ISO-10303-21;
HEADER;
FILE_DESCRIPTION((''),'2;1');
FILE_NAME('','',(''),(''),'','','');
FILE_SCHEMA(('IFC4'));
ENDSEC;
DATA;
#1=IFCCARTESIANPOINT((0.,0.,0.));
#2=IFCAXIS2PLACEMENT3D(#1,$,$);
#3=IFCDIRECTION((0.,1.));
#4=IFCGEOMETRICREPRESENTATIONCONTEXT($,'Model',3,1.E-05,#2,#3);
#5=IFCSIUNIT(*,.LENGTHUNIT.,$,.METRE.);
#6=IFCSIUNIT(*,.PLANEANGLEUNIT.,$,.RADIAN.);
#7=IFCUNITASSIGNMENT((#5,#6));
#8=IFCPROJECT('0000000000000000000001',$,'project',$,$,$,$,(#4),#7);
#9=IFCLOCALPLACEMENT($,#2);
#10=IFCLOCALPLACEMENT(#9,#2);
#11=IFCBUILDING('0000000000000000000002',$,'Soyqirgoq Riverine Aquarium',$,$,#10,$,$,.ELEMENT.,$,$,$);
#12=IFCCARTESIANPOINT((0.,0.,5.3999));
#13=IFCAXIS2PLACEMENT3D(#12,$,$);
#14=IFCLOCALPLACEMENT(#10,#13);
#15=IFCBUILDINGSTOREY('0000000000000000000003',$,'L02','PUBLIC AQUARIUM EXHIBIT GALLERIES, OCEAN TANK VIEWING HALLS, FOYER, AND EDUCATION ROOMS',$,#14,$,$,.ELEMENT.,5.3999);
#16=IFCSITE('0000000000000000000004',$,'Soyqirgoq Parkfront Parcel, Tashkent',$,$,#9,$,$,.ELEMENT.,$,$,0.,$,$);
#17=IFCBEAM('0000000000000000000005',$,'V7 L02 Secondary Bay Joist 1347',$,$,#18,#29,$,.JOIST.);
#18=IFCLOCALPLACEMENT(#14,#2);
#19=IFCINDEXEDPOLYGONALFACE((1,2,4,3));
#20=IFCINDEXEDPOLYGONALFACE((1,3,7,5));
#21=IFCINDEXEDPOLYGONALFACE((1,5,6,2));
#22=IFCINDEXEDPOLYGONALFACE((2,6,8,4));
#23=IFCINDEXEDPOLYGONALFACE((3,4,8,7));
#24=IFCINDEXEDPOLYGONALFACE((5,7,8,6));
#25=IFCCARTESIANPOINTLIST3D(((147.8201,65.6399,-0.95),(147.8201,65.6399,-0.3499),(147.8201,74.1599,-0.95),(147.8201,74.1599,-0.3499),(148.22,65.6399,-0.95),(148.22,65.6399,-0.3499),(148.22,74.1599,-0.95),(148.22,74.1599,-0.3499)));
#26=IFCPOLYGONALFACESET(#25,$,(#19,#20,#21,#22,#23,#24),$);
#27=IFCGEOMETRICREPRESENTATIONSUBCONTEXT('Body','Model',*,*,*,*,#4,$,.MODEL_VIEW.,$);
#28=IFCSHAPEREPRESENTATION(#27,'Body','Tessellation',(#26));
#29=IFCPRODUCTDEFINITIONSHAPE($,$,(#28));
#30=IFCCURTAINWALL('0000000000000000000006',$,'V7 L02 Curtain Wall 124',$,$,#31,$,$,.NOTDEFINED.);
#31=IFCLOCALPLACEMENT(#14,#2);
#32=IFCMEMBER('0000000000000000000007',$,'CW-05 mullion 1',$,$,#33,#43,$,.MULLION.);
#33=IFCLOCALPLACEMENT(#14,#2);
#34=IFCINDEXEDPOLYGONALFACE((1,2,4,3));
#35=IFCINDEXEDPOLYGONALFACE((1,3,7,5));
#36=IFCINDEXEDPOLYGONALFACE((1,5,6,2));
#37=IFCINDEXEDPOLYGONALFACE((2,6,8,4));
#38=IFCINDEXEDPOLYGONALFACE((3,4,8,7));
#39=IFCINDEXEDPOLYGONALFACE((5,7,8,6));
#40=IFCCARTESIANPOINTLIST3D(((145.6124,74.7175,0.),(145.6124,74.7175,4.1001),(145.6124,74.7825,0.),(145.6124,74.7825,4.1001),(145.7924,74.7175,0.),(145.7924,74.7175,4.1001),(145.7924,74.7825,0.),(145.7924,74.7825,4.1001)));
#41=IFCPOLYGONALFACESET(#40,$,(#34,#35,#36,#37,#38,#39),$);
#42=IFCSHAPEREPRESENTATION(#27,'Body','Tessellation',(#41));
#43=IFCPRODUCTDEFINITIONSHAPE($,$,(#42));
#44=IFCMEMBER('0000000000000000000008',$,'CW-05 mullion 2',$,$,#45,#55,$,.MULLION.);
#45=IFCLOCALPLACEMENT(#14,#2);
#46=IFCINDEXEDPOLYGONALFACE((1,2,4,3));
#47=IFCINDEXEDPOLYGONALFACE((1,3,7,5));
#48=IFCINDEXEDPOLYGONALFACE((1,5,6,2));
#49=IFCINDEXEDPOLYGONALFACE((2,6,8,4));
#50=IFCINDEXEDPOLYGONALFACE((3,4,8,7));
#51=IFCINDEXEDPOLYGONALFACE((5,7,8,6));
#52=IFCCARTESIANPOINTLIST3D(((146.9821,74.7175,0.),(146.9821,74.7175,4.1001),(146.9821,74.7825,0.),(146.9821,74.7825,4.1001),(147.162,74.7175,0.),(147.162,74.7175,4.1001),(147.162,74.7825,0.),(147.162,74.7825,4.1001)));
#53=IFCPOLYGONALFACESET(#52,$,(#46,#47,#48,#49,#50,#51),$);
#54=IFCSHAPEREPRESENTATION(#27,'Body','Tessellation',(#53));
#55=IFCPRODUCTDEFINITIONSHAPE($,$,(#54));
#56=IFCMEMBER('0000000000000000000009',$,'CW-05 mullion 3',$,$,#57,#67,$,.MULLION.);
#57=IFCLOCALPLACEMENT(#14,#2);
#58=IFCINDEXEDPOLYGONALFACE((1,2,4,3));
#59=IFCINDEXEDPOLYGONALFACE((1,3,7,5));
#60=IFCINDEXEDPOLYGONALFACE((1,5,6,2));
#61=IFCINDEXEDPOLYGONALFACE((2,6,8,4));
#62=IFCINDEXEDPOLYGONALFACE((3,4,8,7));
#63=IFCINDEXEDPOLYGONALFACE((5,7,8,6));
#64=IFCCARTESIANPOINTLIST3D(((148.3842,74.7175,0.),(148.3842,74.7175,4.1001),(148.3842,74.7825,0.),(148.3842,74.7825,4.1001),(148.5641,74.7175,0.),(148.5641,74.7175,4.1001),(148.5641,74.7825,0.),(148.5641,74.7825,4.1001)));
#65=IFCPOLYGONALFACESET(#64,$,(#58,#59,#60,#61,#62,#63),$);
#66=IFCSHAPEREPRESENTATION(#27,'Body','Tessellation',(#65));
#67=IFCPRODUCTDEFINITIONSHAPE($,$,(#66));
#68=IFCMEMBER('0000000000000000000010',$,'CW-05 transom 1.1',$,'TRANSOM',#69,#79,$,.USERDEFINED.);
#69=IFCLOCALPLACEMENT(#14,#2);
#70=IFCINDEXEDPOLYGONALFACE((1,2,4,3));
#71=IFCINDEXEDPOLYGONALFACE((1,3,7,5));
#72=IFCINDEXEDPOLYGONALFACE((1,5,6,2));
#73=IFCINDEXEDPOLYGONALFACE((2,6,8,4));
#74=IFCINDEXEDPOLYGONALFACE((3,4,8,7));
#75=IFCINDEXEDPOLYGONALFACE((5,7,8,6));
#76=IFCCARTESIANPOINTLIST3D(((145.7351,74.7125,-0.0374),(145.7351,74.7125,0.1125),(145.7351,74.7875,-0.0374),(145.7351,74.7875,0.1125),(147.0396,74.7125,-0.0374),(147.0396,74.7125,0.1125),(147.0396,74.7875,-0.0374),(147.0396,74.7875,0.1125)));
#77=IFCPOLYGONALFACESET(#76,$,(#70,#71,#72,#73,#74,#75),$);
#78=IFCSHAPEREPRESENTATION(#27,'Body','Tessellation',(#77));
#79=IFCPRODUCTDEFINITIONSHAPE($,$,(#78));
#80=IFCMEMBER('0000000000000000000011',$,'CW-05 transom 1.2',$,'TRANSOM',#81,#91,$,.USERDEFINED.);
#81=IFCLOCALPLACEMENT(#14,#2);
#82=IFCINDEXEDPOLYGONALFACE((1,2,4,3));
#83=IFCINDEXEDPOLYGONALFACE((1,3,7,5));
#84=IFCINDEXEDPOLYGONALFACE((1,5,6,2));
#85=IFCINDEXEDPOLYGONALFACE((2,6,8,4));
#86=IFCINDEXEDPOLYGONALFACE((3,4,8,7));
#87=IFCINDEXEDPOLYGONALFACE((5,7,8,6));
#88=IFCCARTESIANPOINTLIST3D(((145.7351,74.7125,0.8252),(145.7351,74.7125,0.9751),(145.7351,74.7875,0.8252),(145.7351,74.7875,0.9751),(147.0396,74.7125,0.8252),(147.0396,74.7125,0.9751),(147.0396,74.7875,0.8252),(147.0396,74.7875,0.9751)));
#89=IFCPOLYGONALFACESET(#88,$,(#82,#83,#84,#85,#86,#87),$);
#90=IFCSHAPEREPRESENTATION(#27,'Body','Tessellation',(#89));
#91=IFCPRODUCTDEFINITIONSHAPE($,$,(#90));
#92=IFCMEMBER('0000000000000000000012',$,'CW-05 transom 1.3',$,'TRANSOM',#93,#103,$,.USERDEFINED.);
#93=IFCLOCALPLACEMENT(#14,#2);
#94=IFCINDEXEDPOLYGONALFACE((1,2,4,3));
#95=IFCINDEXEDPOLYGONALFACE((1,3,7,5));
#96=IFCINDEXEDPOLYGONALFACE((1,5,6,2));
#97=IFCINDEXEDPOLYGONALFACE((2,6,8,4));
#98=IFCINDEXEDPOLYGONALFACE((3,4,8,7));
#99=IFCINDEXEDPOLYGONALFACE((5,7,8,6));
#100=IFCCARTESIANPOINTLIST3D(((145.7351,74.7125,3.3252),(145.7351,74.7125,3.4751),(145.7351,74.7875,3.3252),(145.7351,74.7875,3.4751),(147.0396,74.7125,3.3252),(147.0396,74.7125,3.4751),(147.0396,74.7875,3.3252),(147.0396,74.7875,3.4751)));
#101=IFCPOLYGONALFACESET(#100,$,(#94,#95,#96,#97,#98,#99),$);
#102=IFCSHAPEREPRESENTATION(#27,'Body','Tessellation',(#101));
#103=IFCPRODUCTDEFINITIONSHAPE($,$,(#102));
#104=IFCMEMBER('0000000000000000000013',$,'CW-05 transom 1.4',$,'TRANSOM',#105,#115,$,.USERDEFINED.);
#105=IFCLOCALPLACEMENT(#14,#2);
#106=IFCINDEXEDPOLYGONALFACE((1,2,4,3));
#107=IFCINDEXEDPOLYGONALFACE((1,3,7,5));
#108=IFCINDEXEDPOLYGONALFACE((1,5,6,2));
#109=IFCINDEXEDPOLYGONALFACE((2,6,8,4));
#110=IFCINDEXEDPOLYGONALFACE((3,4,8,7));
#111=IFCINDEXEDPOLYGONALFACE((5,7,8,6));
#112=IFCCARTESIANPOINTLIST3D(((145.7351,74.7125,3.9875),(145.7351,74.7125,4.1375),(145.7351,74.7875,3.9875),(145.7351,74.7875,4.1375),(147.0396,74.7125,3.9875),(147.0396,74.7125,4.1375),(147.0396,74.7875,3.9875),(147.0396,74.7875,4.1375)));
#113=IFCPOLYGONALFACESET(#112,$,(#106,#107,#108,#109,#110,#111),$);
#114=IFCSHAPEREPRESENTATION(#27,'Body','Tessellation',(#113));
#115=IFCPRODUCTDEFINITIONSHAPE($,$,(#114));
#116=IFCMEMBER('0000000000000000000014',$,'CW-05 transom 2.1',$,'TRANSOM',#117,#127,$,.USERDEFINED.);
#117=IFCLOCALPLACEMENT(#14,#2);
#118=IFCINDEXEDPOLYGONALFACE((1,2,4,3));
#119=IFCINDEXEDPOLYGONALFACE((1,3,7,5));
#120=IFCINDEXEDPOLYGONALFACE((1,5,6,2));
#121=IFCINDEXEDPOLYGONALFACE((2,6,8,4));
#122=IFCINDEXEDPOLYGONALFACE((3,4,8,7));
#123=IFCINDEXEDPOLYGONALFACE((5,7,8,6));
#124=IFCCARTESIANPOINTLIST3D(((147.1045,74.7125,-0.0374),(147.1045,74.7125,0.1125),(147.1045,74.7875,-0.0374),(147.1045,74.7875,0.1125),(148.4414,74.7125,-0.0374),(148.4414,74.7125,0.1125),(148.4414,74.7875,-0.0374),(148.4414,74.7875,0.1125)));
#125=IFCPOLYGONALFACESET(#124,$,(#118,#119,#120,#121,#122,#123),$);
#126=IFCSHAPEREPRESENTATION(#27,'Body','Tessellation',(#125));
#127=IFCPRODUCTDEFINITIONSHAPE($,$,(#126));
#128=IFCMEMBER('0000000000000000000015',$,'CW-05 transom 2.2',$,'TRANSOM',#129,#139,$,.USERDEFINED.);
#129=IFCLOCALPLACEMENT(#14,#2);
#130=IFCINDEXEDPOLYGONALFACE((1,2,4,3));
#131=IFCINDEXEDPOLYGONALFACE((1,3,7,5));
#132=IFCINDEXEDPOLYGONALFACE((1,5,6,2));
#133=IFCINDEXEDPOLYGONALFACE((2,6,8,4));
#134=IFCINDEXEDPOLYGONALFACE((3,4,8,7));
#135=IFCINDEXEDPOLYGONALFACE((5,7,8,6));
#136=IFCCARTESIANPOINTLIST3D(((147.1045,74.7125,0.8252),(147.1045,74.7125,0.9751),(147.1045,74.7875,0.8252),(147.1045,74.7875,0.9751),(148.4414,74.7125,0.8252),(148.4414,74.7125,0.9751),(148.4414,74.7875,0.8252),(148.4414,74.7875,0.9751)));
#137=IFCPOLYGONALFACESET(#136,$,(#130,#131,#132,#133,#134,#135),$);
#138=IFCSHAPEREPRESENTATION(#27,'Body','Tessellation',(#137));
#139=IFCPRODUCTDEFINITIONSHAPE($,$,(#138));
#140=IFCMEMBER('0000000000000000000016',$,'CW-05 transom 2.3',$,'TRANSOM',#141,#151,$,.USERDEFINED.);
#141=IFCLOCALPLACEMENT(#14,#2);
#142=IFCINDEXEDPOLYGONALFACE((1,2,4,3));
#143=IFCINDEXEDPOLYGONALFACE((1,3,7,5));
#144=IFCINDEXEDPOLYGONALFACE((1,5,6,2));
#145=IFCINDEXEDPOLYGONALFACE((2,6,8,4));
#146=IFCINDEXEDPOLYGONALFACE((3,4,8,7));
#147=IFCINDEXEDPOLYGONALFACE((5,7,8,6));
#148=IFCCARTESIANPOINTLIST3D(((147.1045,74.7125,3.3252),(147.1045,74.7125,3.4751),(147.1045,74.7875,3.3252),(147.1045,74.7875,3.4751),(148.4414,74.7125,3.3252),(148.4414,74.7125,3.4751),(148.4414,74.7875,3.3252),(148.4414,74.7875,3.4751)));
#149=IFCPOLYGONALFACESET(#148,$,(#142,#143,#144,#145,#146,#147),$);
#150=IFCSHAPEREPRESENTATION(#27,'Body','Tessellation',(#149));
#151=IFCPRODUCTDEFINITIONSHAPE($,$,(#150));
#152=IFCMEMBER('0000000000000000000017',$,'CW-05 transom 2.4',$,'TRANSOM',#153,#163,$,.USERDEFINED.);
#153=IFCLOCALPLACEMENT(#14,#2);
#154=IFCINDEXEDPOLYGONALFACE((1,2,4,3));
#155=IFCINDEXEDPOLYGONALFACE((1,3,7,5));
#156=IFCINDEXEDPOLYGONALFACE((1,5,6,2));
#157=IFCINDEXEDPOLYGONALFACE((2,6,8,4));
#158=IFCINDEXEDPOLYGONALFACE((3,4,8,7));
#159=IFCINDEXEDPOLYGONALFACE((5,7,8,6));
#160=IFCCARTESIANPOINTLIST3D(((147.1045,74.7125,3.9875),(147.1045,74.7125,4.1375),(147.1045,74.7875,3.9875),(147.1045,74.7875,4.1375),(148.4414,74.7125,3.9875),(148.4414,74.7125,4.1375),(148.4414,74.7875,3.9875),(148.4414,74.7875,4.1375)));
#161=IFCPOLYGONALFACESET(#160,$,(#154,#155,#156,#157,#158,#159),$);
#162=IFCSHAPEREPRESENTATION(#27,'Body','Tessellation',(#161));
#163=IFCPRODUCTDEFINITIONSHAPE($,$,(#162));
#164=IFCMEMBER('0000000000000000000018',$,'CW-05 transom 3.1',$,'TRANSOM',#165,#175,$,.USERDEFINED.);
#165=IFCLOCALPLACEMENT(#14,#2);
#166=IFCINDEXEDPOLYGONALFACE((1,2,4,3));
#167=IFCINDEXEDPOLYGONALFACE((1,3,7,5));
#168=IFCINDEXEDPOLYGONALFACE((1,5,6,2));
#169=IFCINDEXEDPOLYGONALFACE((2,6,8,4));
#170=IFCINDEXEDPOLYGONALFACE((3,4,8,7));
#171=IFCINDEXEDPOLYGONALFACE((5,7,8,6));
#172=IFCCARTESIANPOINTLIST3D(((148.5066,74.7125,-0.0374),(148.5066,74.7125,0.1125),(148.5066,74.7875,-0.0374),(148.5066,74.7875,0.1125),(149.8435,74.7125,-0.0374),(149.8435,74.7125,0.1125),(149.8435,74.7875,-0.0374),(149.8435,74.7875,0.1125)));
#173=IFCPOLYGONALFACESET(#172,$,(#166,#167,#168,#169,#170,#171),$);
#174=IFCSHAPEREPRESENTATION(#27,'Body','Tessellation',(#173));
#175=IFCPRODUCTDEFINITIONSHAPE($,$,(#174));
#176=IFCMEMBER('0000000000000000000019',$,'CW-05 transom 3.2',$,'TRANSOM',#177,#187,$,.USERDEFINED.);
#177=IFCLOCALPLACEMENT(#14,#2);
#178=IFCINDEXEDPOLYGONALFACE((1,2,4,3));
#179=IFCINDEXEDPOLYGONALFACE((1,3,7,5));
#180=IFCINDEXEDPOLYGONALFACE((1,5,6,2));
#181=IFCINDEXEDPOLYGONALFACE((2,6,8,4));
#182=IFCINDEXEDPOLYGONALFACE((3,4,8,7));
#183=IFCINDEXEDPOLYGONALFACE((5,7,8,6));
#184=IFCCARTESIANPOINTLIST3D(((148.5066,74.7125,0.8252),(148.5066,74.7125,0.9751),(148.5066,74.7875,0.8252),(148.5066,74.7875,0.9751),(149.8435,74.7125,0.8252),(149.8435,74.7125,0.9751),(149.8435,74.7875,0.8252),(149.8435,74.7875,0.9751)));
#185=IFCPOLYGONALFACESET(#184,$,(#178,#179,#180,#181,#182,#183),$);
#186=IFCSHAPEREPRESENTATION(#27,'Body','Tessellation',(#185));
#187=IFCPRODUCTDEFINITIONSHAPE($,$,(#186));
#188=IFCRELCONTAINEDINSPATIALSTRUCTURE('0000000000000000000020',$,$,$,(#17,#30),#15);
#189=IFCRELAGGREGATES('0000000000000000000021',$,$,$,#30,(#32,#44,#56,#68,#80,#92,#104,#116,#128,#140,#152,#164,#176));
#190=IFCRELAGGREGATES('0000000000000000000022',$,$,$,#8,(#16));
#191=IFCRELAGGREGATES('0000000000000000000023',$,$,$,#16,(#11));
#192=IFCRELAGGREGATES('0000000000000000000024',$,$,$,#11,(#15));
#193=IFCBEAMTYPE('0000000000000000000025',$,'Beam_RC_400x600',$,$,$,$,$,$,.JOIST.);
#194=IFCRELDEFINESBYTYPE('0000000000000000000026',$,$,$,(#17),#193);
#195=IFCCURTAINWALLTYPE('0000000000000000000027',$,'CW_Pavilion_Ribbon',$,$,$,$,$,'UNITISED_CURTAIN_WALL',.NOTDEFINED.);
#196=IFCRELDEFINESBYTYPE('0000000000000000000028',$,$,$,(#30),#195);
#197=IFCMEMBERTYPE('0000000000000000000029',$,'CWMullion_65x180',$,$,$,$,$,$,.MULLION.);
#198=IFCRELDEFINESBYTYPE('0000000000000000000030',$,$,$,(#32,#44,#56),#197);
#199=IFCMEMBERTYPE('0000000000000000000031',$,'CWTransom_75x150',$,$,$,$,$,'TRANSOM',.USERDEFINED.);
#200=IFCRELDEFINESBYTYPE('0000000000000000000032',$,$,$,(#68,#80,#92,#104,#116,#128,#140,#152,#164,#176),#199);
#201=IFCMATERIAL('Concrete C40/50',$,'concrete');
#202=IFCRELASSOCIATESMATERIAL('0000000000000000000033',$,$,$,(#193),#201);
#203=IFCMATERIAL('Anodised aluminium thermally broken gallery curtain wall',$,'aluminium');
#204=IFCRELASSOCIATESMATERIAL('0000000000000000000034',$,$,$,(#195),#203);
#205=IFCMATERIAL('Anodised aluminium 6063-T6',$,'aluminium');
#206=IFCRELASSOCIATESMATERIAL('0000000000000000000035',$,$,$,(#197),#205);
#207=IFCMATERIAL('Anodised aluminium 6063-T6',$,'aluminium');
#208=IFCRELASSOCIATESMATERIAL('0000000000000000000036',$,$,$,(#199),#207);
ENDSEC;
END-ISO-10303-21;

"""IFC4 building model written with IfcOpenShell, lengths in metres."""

from ifc_helpers import new_model, si_unit, direction, frame, origin, origin_2d, place, context, subcontext, project, spatial, rectangle, extrude, material, material_profile, profile_set, type_object, element, aggregate, save


model = new_model("IFC4")

# Units and contexts
model_context = context("Model", 3, precision=1e-05, world=origin(), true_north=direction((0.0, 1.0)))
body_context = subcontext(model_context, "Body", "Model", "MODEL_VIEW")
ifc_project = project(units=[si_unit("LENGTHUNIT", "METRE"), si_unit("PLANEANGLEUNIT", "RADIAN")], contexts=[model_context])

# Site, building, storey
site_placement = place(None, origin())
site = spatial("IfcSite", under=ifc_project, at=site_placement, Name="Soyqirgoq Parkfront Parcel, Tashkent", CompositionType="ELEMENT", RefElevation=0.0)
building_placement = place(site_placement, origin())
building = spatial("IfcBuilding", under=site, at=building_placement, Name="Soyqirgoq Riverine Aquarium", CompositionType="ELEMENT")
storey_placement = place(building_placement, frame((0.0, 0.0, 5.3999)))
storey = spatial("IfcBuildingStorey", under=building, at=storey_placement, Name="L02", Description="PUBLIC AQUARIUM EXHIBIT GALLERIES, OCEAN TANK VIEWING HALLS, FOYER, AND EDUCATION ROOMS", CompositionType="ELEMENT", Elevation=5.3999)

# Beam
ifc_material_1 = material(Name="Concrete C40/50", Category="concrete")
ifc_material_profile_1 = material_profile(ifc_material_1, rectangle(XDim=0.3999, YDim=0.6001, at=origin_2d()), Name="RC 400x600")
ifc_profile_set_1 = profile_set([ifc_material_profile_1], Name="Concrete C40/50")
beam_type_1 = type_object("IfcBeamType", Name="Beam_RC_400x600", PredefinedType="JOIST", material=ifc_profile_set_1)
beam_1_placement = place(storey_placement, frame((148.02, 65.6399, -0.6499), z_axis=(0.0, 1.0, 0.0), x_axis=(-1.0, 0.0, 0.0)))
element("IfcBeam", 1, at=beam_1_placement, inside=storey, type_object=beam_type_1, Name="V7 L02 Secondary Bay Joist 1347", PredefinedType="JOIST", context=body_context, shape_type="SweptSolid", body=[
    extrude(rectangle(XDim=0.3999, YDim=0.6001, at=origin_2d()), origin(), (0.0, 0.0, 1.0), 8.52),
])

# Curtain wall, members
ifc_material_2 = material(Name="Anodised aluminium thermally broken gallery curtain wall", Category="aluminium")
curtain_wall_type = type_object("IfcCurtainWallType", Name="CW_Pavilion_Ribbon", ElementType="UNITISED_CURTAIN_WALL", PredefinedType="NOTDEFINED", material=ifc_material_2)
curtain_wall_placement = place(storey_placement, origin())
curtain_wall = element("IfcCurtainWall", 2, at=curtain_wall_placement, inside=storey, type_object=curtain_wall_type, Name="V7 L02 Curtain Wall 124", PredefinedType="NOTDEFINED")
ifc_material_3 = material(Name="Anodised aluminium 6063-T6", Category="aluminium")
ifc_material_profile_2 = material_profile(ifc_material_3, rectangle(XDim=0.0649, YDim=0.1799, at=origin_2d()), Name="ALU-M 65x180")
ifc_profile_set_2 = profile_set([ifc_material_profile_2], Name="Anodised aluminium 6063-T6")
member_type_1 = type_object("IfcMemberType", Name="CWMullion_65x180", PredefinedType="MULLION", material=ifc_profile_set_2)
member_1_placement = place(storey_placement, frame((145.7024, 74.75, 0.0), z_axis=(0.0, 0.0, 1.0), x_axis=(0.0, 1.0, 0.0)))
member_1 = element("IfcMember", 3, at=member_1_placement, type_object=member_type_1, Name="CW-05 mullion 1", PredefinedType="MULLION", context=body_context, shape_type="SweptSolid", body=[
    extrude(rectangle(XDim=0.0649, YDim=0.1799, at=origin_2d()), origin(), (0.0, 0.0, 1.0), 4.1001),
])
member_2_placement = place(storey_placement, frame((147.072, 74.75, 0.0), z_axis=(0.0, 0.0, 1.0), x_axis=(0.0, 1.0, 0.0)))
member_2 = element("IfcMember", 4, at=member_2_placement, type_object=member_type_1, Name="CW-05 mullion 2", PredefinedType="MULLION", context=body_context, shape_type="SweptSolid", body=[
    extrude(rectangle(XDim=0.0649, YDim=0.1799, at=origin_2d()), origin(), (0.0, 0.0, 1.0), 4.1001),
])
member_3_placement = place(storey_placement, frame((148.4741, 74.75, 0.0), z_axis=(0.0, 0.0, 1.0), x_axis=(0.0, 1.0, 0.0)))
member_3 = element("IfcMember", 5, at=member_3_placement, type_object=member_type_1, Name="CW-05 mullion 3", PredefinedType="MULLION", context=body_context, shape_type="SweptSolid", body=[
    extrude(rectangle(XDim=0.0649, YDim=0.1799, at=origin_2d()), origin(), (0.0, 0.0, 1.0), 4.1001),
])
ifc_material_4 = material(Name="Anodised aluminium 6063-T6", Category="aluminium")
ifc_material_profile_3 = material_profile(ifc_material_4, rectangle(XDim=0.075, YDim=0.1499, at=origin_2d()), Name="ALU-T 75x150")
ifc_profile_set_3 = profile_set([ifc_material_profile_3], Name="Anodised aluminium 6063-T6")
member_type_2 = type_object("IfcMemberType", Name="CWTransom_75x150", ElementType="TRANSOM", PredefinedType="USERDEFINED", material=ifc_profile_set_3)
member_4_placement = place(storey_placement, frame((145.7351, 74.75, 0.0376), z_axis=(1.0, 0.0, 0.0), x_axis=(0.0, 1.0, 0.0)))
member_4 = element("IfcMember", 6, at=member_4_placement, type_object=member_type_2, Name="CW-05 transom 1.1", ObjectType="TRANSOM", PredefinedType="USERDEFINED", context=body_context, shape_type="SweptSolid", body=[
    extrude(rectangle(XDim=0.075, YDim=0.1499, at=origin_2d()), origin(), (0.0, 0.0, 1.0), 1.3044),
])
member_5_placement = place(storey_placement, frame((145.7351, 74.75, 0.9001), z_axis=(1.0, 0.0, 0.0), x_axis=(0.0, 1.0, 0.0)))
member_5 = element("IfcMember", 7, at=member_5_placement, type_object=member_type_2, Name="CW-05 transom 1.2", ObjectType="TRANSOM", PredefinedType="USERDEFINED", context=body_context, shape_type="SweptSolid", body=[
    extrude(rectangle(XDim=0.075, YDim=0.1499, at=origin_2d()), origin(), (0.0, 0.0, 1.0), 1.3044),
])
member_6_placement = place(storey_placement, frame((145.7351, 74.75, 3.4001), z_axis=(1.0, 0.0, 0.0), x_axis=(0.0, 1.0, 0.0)))
member_6 = element("IfcMember", 8, at=member_6_placement, type_object=member_type_2, Name="CW-05 transom 1.3", ObjectType="TRANSOM", PredefinedType="USERDEFINED", context=body_context, shape_type="SweptSolid", body=[
    extrude(rectangle(XDim=0.075, YDim=0.1499, at=origin_2d()), origin(), (0.0, 0.0, 1.0), 1.3044),
])
member_7_placement = place(storey_placement, frame((145.7351, 74.75, 4.0625), z_axis=(1.0, 0.0, 0.0), x_axis=(0.0, 1.0, 0.0)))
member_7 = element("IfcMember", 9, at=member_7_placement, type_object=member_type_2, Name="CW-05 transom 1.4", ObjectType="TRANSOM", PredefinedType="USERDEFINED", context=body_context, shape_type="SweptSolid", body=[
    extrude(rectangle(XDim=0.075, YDim=0.1499, at=origin_2d()), origin(), (0.0, 0.0, 1.0), 1.3044),
])
member_8_placement = place(storey_placement, frame((147.1045, 74.75, 0.0376), z_axis=(1.0, 0.0, 0.0), x_axis=(0.0, 1.0, 0.0)))
member_8 = element("IfcMember", 10, at=member_8_placement, type_object=member_type_2, Name="CW-05 transom 2.1", ObjectType="TRANSOM", PredefinedType="USERDEFINED", context=body_context, shape_type="SweptSolid", body=[
    extrude(rectangle(XDim=0.075, YDim=0.1499, at=origin_2d()), origin(), (0.0, 0.0, 1.0), 1.3369),
])
member_9_placement = place(storey_placement, frame((147.1045, 74.75, 0.9001), z_axis=(1.0, 0.0, 0.0), x_axis=(0.0, 1.0, 0.0)))
member_9 = element("IfcMember", 11, at=member_9_placement, type_object=member_type_2, Name="CW-05 transom 2.2", ObjectType="TRANSOM", PredefinedType="USERDEFINED", context=body_context, shape_type="SweptSolid", body=[
    extrude(rectangle(XDim=0.075, YDim=0.1499, at=origin_2d()), origin(), (0.0, 0.0, 1.0), 1.3369),
])
member_10_placement = place(storey_placement, frame((147.1045, 74.75, 3.4001), z_axis=(1.0, 0.0, 0.0), x_axis=(0.0, 1.0, 0.0)))
member_10 = element("IfcMember", 12, at=member_10_placement, type_object=member_type_2, Name="CW-05 transom 2.3", ObjectType="TRANSOM", PredefinedType="USERDEFINED", context=body_context, shape_type="SweptSolid", body=[
    extrude(rectangle(XDim=0.075, YDim=0.1499, at=origin_2d()), origin(), (0.0, 0.0, 1.0), 1.3369),
])
member_11_placement = place(storey_placement, frame((147.1045, 74.75, 4.0625), z_axis=(1.0, 0.0, 0.0), x_axis=(0.0, 1.0, 0.0)))
member_11 = element("IfcMember", 13, at=member_11_placement, type_object=member_type_2, Name="CW-05 transom 2.4", ObjectType="TRANSOM", PredefinedType="USERDEFINED", context=body_context, shape_type="SweptSolid", body=[
    extrude(rectangle(XDim=0.075, YDim=0.1499, at=origin_2d()), origin(), (0.0, 0.0, 1.0), 1.3369),
])
member_12_placement = place(storey_placement, frame((148.5066, 74.75, 0.0376), z_axis=(1.0, 0.0, 0.0), x_axis=(0.0, 1.0, 0.0)))
member_12 = element("IfcMember", 14, at=member_12_placement, type_object=member_type_2, Name="CW-05 transom 3.1", ObjectType="TRANSOM", PredefinedType="USERDEFINED", context=body_context, shape_type="SweptSolid", body=[
    extrude(rectangle(XDim=0.075, YDim=0.1499, at=origin_2d()), origin(), (0.0, 0.0, 1.0), 1.3369),
])
member_13_placement = place(storey_placement, frame((148.5066, 74.75, 0.9001), z_axis=(1.0, 0.0, 0.0), x_axis=(0.0, 1.0, 0.0)))
member_13 = element("IfcMember", 15, at=member_13_placement, type_object=member_type_2, Name="CW-05 transom 3.2", ObjectType="TRANSOM", PredefinedType="USERDEFINED", context=body_context, shape_type="SweptSolid", body=[
    extrude(rectangle(XDim=0.075, YDim=0.1499, at=origin_2d()), origin(), (0.0, 0.0, 1.0), 1.3369),
])

aggregate(curtain_wall, [member_1, member_2, member_3, member_4, member_5, member_6, member_7, member_8, member_9, member_10, member_11, member_12, member_13])

save(model, "model.ifc")
